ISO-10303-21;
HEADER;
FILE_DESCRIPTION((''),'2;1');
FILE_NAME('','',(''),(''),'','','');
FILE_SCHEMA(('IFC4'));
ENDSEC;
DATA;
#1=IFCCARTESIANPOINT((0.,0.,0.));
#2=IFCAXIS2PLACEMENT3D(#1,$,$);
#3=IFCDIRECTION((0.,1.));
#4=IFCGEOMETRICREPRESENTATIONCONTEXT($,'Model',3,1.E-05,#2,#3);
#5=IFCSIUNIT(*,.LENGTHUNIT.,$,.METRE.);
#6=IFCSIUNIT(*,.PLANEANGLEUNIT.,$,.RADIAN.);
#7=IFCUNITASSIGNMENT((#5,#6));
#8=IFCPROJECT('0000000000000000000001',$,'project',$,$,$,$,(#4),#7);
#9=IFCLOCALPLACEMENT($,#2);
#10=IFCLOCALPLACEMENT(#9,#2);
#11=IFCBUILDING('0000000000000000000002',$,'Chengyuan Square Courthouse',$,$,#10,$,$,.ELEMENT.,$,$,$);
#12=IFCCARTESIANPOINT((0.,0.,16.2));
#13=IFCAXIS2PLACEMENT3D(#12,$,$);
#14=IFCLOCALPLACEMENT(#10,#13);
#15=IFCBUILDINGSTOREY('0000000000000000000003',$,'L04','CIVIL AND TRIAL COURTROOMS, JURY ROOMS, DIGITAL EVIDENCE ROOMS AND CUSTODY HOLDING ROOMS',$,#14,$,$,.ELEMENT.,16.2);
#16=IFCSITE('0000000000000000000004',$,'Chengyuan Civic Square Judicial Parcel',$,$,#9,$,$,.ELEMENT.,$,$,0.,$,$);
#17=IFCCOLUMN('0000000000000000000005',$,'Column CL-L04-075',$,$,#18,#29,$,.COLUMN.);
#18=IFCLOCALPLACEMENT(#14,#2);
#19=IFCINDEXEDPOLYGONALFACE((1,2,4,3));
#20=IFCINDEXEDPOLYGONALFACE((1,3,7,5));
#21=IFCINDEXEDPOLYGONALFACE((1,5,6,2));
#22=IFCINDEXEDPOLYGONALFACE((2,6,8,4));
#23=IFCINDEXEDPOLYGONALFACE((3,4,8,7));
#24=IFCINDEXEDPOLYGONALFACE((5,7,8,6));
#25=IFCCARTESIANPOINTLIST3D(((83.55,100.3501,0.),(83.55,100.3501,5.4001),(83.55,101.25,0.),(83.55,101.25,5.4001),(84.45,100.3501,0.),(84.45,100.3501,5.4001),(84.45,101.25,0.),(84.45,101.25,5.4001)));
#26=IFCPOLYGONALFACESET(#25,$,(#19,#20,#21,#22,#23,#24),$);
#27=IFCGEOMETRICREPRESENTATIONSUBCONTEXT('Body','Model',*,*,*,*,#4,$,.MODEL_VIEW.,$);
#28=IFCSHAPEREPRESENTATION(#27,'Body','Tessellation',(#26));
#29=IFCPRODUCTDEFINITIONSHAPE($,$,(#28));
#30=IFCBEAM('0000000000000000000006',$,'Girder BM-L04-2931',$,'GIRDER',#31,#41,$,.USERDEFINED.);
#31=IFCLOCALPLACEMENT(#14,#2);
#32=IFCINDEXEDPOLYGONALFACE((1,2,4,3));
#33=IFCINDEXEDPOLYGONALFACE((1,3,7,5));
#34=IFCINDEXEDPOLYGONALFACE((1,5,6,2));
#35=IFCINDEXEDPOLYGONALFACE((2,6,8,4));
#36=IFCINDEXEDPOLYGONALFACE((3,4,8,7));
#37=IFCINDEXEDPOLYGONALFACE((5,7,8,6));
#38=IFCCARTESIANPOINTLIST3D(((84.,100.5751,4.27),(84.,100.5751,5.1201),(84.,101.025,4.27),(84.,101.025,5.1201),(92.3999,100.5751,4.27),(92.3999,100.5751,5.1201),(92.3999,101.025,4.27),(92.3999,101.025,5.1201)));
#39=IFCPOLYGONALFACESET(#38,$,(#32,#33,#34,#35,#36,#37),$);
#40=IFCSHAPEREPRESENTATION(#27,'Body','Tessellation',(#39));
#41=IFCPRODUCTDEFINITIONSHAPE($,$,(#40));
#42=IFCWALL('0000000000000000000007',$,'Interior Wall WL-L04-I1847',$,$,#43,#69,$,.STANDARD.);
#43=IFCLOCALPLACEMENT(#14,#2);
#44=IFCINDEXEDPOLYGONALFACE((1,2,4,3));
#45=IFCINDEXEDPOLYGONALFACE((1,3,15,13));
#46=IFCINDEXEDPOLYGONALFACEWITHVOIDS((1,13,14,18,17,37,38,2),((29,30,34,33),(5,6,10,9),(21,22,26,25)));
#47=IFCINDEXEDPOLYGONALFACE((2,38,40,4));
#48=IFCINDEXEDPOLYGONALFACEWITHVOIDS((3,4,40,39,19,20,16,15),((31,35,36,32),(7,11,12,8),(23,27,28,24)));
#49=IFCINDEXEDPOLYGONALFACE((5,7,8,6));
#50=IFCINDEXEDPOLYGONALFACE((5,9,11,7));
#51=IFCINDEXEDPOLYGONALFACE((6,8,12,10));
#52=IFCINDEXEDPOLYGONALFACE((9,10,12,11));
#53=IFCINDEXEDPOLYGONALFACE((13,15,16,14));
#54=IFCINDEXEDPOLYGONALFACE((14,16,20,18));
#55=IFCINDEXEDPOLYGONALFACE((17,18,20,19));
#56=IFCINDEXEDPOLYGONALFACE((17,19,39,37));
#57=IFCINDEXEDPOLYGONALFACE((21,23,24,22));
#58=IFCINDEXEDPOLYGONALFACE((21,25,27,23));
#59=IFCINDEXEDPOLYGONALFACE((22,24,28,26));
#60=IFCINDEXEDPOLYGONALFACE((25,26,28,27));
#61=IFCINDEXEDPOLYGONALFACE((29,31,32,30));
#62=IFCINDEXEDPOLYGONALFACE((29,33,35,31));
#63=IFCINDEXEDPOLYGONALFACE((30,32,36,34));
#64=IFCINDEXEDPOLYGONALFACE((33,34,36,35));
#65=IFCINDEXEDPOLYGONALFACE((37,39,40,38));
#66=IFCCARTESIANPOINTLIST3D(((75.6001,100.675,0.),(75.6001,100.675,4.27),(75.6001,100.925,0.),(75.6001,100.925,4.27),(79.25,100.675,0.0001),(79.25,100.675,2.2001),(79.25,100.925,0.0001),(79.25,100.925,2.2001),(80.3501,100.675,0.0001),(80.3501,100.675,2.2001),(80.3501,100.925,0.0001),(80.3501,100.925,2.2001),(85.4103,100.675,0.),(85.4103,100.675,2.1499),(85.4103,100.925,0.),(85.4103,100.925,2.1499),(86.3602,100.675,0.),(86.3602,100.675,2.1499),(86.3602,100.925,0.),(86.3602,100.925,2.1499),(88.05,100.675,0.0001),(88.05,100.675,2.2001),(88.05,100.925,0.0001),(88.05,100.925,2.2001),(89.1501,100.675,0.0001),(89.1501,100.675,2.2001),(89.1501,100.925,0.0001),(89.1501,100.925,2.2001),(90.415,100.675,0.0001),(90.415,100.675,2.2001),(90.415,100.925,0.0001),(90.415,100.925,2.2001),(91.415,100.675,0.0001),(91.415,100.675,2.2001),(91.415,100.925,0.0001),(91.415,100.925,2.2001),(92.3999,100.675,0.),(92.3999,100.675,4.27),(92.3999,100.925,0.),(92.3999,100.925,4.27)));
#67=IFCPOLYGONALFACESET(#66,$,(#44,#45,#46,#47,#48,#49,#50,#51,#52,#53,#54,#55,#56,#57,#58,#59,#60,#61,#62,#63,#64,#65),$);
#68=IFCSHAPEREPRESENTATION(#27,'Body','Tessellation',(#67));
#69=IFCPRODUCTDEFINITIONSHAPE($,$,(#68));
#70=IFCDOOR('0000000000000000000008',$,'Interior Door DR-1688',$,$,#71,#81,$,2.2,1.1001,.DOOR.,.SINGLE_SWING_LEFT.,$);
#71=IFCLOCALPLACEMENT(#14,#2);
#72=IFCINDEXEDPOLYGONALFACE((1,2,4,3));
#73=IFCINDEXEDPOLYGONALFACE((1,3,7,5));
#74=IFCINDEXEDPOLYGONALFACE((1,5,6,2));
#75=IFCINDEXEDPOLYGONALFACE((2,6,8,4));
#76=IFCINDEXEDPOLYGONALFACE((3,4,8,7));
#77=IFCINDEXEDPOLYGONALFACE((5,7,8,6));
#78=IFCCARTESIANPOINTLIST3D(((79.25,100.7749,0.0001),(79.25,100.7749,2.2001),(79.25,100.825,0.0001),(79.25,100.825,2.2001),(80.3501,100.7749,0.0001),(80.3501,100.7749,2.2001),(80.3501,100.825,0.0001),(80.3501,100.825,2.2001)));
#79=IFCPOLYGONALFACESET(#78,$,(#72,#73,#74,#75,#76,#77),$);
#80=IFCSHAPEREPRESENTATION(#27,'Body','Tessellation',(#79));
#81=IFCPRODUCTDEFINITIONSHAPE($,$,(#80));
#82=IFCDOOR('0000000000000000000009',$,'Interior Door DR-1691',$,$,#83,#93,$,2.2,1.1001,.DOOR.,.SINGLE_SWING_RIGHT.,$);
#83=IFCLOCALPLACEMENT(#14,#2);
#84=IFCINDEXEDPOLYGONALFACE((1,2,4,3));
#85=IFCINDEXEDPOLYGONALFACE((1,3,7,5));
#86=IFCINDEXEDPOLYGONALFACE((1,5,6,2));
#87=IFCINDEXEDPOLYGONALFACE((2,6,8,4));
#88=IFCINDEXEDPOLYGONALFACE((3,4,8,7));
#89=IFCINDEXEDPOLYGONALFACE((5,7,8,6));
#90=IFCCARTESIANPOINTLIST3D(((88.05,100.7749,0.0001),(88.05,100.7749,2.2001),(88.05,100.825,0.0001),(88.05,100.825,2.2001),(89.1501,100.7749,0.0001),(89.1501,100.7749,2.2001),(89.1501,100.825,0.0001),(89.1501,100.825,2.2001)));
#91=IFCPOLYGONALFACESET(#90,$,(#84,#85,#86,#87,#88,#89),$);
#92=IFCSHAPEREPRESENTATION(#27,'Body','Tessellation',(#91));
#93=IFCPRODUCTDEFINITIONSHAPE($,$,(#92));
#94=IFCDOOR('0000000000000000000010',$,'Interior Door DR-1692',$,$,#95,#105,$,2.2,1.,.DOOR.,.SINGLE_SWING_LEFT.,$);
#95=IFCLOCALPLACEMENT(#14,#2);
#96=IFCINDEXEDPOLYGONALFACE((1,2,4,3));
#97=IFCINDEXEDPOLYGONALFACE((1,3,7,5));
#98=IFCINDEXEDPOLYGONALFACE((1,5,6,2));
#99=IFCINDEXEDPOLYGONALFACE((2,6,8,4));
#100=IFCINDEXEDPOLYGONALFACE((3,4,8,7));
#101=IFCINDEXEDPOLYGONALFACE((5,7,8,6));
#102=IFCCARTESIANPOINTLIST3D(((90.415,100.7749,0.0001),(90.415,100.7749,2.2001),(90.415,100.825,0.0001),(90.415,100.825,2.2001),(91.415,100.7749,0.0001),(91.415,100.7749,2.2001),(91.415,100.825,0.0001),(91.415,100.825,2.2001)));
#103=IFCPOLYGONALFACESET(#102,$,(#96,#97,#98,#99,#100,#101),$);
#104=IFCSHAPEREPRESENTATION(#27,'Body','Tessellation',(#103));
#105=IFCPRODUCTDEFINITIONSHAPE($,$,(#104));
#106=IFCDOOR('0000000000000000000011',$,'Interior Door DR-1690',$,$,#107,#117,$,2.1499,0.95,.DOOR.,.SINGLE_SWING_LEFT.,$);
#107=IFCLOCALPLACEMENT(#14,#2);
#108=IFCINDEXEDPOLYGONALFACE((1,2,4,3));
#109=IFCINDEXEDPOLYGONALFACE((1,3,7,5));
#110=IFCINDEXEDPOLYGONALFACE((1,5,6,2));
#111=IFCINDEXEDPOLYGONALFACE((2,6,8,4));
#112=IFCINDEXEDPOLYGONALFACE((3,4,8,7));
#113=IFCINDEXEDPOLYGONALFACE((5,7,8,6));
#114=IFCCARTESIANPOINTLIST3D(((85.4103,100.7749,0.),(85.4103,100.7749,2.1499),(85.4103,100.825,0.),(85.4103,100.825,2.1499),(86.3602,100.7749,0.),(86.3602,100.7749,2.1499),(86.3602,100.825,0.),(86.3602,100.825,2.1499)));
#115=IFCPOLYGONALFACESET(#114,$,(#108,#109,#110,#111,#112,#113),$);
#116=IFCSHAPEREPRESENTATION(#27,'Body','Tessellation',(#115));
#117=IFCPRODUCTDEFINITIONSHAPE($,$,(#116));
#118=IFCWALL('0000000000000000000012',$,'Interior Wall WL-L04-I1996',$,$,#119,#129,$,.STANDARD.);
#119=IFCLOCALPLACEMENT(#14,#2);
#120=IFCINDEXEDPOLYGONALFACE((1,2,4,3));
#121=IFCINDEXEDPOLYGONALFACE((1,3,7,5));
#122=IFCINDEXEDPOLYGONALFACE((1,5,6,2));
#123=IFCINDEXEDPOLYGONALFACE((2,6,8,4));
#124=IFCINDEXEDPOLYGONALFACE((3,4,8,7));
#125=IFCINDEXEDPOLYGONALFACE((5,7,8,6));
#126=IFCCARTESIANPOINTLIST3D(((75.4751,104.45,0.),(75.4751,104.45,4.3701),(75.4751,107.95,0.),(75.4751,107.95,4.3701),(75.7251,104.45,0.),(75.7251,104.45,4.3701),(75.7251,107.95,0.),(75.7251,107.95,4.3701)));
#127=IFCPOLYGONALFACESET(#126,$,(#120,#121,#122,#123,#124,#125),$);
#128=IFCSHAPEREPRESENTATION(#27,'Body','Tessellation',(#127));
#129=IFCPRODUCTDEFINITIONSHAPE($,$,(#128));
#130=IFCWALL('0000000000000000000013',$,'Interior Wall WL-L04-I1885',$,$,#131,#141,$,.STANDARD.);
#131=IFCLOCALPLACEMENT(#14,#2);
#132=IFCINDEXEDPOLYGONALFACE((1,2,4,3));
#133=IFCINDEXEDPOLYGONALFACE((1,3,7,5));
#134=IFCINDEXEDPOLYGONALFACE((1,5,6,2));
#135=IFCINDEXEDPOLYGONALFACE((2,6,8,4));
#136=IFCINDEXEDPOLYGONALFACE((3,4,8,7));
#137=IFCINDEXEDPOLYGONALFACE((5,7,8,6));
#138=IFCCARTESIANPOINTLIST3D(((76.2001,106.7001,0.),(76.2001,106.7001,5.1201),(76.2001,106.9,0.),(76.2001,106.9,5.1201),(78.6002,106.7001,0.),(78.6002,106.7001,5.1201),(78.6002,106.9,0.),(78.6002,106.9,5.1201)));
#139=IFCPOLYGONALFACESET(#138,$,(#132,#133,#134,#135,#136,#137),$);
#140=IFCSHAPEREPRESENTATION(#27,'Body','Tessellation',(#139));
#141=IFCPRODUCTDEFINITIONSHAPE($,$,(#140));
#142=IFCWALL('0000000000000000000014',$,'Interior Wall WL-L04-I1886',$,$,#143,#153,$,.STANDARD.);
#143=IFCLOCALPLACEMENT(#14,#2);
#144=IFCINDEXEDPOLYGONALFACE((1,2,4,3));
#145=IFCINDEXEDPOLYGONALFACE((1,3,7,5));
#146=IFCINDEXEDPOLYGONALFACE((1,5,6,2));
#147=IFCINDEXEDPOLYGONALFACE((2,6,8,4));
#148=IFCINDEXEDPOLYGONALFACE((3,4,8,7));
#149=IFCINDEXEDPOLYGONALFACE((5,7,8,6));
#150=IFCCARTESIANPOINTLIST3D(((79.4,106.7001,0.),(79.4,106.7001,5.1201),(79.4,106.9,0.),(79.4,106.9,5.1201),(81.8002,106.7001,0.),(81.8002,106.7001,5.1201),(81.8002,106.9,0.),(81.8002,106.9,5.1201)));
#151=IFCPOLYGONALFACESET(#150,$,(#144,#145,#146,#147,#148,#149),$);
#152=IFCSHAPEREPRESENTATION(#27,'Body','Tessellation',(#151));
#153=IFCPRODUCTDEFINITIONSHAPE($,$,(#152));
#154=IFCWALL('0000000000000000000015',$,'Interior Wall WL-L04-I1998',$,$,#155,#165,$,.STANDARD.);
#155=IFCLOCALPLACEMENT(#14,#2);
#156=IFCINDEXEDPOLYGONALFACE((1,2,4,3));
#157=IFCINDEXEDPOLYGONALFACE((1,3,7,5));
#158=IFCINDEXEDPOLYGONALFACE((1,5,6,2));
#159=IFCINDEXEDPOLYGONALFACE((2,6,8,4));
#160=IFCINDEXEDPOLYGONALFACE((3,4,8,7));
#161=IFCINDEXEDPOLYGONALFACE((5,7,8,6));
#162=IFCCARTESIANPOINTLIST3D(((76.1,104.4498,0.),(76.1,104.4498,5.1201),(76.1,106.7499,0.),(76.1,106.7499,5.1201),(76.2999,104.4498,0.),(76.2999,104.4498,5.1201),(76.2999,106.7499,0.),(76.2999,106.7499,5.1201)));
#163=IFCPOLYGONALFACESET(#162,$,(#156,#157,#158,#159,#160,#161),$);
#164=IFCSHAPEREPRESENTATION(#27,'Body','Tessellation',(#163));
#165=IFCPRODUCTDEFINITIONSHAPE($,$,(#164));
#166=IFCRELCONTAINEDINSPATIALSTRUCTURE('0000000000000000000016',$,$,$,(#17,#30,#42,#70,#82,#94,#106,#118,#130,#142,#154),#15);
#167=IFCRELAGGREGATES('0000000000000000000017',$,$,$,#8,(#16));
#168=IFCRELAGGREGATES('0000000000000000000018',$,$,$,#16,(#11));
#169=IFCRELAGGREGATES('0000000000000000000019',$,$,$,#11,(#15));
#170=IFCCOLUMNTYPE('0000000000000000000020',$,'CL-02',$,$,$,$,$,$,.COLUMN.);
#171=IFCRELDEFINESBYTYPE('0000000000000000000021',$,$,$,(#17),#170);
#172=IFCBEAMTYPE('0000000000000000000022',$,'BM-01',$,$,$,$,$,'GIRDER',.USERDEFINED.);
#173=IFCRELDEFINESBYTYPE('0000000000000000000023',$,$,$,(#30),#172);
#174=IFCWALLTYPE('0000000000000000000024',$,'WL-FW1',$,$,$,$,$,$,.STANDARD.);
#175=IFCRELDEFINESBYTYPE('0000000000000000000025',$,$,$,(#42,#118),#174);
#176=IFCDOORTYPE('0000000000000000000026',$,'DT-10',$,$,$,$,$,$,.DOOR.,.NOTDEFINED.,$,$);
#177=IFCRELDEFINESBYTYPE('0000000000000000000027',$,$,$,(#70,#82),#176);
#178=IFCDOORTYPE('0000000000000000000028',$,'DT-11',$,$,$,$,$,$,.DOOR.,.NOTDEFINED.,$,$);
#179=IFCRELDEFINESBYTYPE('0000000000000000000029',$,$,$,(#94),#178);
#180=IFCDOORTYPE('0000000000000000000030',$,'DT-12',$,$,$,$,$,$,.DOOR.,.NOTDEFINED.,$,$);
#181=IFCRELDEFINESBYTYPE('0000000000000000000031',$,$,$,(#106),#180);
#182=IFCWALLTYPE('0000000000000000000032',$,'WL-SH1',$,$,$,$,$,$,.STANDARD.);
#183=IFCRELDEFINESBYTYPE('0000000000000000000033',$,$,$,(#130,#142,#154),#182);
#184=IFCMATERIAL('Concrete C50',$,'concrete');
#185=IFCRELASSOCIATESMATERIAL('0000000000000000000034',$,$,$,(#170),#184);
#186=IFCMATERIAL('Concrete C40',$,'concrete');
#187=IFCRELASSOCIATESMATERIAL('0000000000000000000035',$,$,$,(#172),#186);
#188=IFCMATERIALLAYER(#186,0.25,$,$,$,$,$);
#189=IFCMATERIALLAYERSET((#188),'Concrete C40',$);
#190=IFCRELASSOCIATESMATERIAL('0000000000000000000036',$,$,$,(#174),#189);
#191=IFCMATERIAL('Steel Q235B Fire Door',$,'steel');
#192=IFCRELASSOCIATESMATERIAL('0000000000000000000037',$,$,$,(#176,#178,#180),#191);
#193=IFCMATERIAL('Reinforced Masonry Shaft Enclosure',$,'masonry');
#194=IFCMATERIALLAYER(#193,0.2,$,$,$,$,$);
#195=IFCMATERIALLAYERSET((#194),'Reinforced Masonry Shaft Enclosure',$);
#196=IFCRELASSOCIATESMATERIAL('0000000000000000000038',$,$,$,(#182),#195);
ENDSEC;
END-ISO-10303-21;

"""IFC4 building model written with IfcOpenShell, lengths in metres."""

from ifc_helpers import new_model, si_unit, direction, frame, frame_2d, origin, origin_2d, place, context, subcontext, project, spatial, rectangle, extrude, material, layer, layer_set, material_profile, profile_set, type_object, element, fill, save


model = new_model("IFC4")

# Units and contexts
model_context = context("Model", 3, precision=1e-05, world=origin(), true_north=direction((0.0, 1.0)))
body_context = subcontext(model_context, "Body", "Model", "MODEL_VIEW")
ifc_project = project(units=[si_unit("LENGTHUNIT", "METRE"), si_unit("PLANEANGLEUNIT", "RADIAN")], contexts=[model_context])

# Site, building, storey
site_placement = place(None, origin())
site = spatial("IfcSite", under=ifc_project, at=site_placement, Name="Chengyuan Civic Square Judicial Parcel", CompositionType="ELEMENT", RefElevation=0.0)
building_placement = place(site_placement, origin())
building = spatial("IfcBuilding", under=site, at=building_placement, Name="Chengyuan Square Courthouse", CompositionType="ELEMENT")
storey_placement = place(building_placement, frame((0.0, 0.0, 16.2)))
storey = spatial("IfcBuildingStorey", under=building, at=storey_placement, Name="L04", Description="CIVIL AND TRIAL COURTROOMS, JURY ROOMS, DIGITAL EVIDENCE ROOMS AND CUSTODY HOLDING ROOMS", CompositionType="ELEMENT", Elevation=16.2)

# Column
ifc_material_1 = material(Name="Concrete C50", Category="concrete")
ifc_material_profile_1 = material_profile(ifc_material_1, rectangle(XDim=0.8999, YDim=0.8999, at=origin_2d()), Name="RC-COL-900x900")
ifc_profile_set_1 = profile_set([ifc_material_profile_1], Name="Concrete C50")
column_type = type_object("IfcColumnType", Name="CL-02", PredefinedType="COLUMN", material=ifc_profile_set_1)
column_placement = place(storey_placement, frame((84.0, 100.8, 0.0), z_axis=(0.0, 0.0, 1.0), x_axis=(1.0, 0.0, 0.0)))
element("IfcColumn", 1, at=column_placement, inside=storey, type_object=column_type, Name="Column CL-L04-075", PredefinedType="COLUMN", context=body_context, shape_type="SweptSolid", body=[
    extrude(rectangle(XDim=0.8999, YDim=0.8999, at=origin_2d()), origin(), (0.0, 0.0, 1.0), 5.4001),
])

# Beam
ifc_material_2 = material(Name="Concrete C40", Category="concrete")
ifc_material_profile_2 = material_profile(ifc_material_2, rectangle(XDim=0.45, YDim=0.8501, at=origin_2d()), Name="RC-BM-450x850")
ifc_profile_set_2 = profile_set([ifc_material_profile_2], Name="Concrete C40")
beam_type = type_object("IfcBeamType", Name="BM-01", ElementType="GIRDER", PredefinedType="USERDEFINED", material=ifc_profile_set_2)
beam_placement = place(storey_placement, frame((84.0, 100.8, 4.6951), z_axis=(1.0, 0.0, 0.0), x_axis=(0.0, 1.0, 0.0)))
element("IfcBeam", 2, at=beam_placement, inside=storey, type_object=beam_type, Name="Girder BM-L04-2931", ObjectType="GIRDER", PredefinedType="USERDEFINED", context=body_context, shape_type="SweptSolid", body=[
    extrude(rectangle(XDim=0.45, YDim=0.8501, at=origin_2d()), origin(), (0.0, 0.0, 1.0), 8.3999),
])

# Wall, openings, doors
ifc_layer_1 = layer(ifc_material_2, 0.25)
ifc_layer_set_1 = layer_set([ifc_layer_1], Name="Concrete C40")
wall_type_1 = type_object("IfcWallType", Name="WL-FW1", PredefinedType="STANDARD", material=ifc_layer_set_1)
wall_1_placement = place(storey_placement, frame((75.6001, 100.8, 0.0), z_axis=(0.0, 0.0, 1.0), x_axis=(1.0, 0.0, 0.0)))
wall_1 = element("IfcWall", 3, at=wall_1_placement, inside=storey, type_object=wall_type_1, Name="Interior Wall WL-L04-I1847", PredefinedType="STANDARD", context=body_context, shape_type="SweptSolid", body=[
    extrude(rectangle(XDim=16.7998, YDim=0.25, at=frame_2d((8.3999, 0.0))), origin(), (0.0, 0.0, 1.0), 4.27),
])
opening_1_placement = place(wall_1_placement, frame((3.6499, 0.0, 0.0)))
opening_1 = element("IfcOpeningElement", 4, at=opening_1_placement, cuts=wall_1, PredefinedType="OPENING", context=body_context, shape_type="SweptSolid", body=[
    extrude(rectangle(XDim=1.1001, YDim=2.2, at=frame_2d((0.55, 1.1001))), frame((0.0, 0.137, 0.0), z_axis=(0.0, -1.0, 0.0), x_axis=(1.0, 0.0, 0.0)), (0.0, 0.0, 1.0), 0.2739),
])
opening_2_placement = place(wall_1_placement, frame((9.8101, 0.0, 0.0)))
opening_2 = element("IfcOpeningElement", 5, at=opening_2_placement, cuts=wall_1, PredefinedType="OPENING", context=body_context, shape_type="SweptSolid", body=[
    extrude(rectangle(XDim=0.95, YDim=2.1499, at=frame_2d((0.4751, 1.075))), frame((0.0, 0.137, 0.0), z_axis=(0.0, -1.0, 0.0), x_axis=(1.0, 0.0, 0.0)), (0.0, 0.0, 1.0), 0.2739),
])
opening_3_placement = place(wall_1_placement, frame((12.45, 0.0, 0.0)))
opening_3 = element("IfcOpeningElement", 6, at=opening_3_placement, cuts=wall_1, PredefinedType="OPENING", context=body_context, shape_type="SweptSolid", body=[
    extrude(rectangle(XDim=1.1001, YDim=2.2, at=frame_2d((0.55, 1.1001))), frame((0.0, 0.137, 0.0), z_axis=(0.0, -1.0, 0.0), x_axis=(1.0, 0.0, 0.0)), (0.0, 0.0, 1.0), 0.2739),
])
opening_4_placement = place(wall_1_placement, frame((14.8149, 0.0, 0.0)))
opening_4 = element("IfcOpeningElement", 7, at=opening_4_placement, cuts=wall_1, PredefinedType="OPENING", context=body_context, shape_type="SweptSolid", body=[
    extrude(rectangle(XDim=1.0, YDim=2.2, at=frame_2d((0.5, 1.1001))), frame((0.0, 0.137, 0.0), z_axis=(0.0, -1.0, 0.0), x_axis=(1.0, 0.0, 0.0)), (0.0, 0.0, 1.0), 0.2739),
])
ifc_material_3 = material(Name="Steel Q235B Fire Door", Category="steel")
door_type_1 = type_object("IfcDoorType", Name="DT-10", OperationType="NOTDEFINED", PredefinedType="DOOR", material=ifc_material_3)
door_1_placement = place(opening_1_placement, origin())
door_1 = element("IfcDoor", 8, at=door_1_placement, inside=storey, type_object=door_type_1, Name="Interior Door DR-1688", OperationType="SINGLE_SWING_LEFT", OverallHeight=2.2, OverallWidth=1.1001, PredefinedType="DOOR", context=body_context, shape_type="SweptSolid", body=[
    extrude(rectangle(XDim=1.1001, YDim=2.2, at=frame_2d((0.55, 1.1001))), frame((0.0, 0.0249, 0.0), z_axis=(0.0, -1.0, 0.0), x_axis=(1.0, 0.0, 0.0)), (0.0, 0.0, 1.0), 0.05),
])
fill(opening_1, door_1)
door_2_placement = place(opening_3_placement, origin())
door_2 = element("IfcDoor", 9, at=door_2_placement, inside=storey, type_object=door_type_1, Name="Interior Door DR-1691", OperationType="SINGLE_SWING_RIGHT", OverallHeight=2.2, OverallWidth=1.1001, PredefinedType="DOOR", context=body_context, shape_type="SweptSolid", body=[
    extrude(rectangle(XDim=1.1001, YDim=2.2, at=frame_2d((0.55, 1.1001))), frame((0.0, 0.0249, 0.0), z_axis=(0.0, -1.0, 0.0), x_axis=(1.0, 0.0, 0.0)), (0.0, 0.0, 1.0), 0.05),
])
fill(opening_3, door_2)
door_type_2 = type_object("IfcDoorType", Name="DT-11", OperationType="NOTDEFINED", PredefinedType="DOOR", material=ifc_material_3)
door_3_placement = place(opening_4_placement, origin())
door_3 = element("IfcDoor", 10, at=door_3_placement, inside=storey, type_object=door_type_2, Name="Interior Door DR-1692", OperationType="SINGLE_SWING_LEFT", OverallHeight=2.2, OverallWidth=1.0, PredefinedType="DOOR", context=body_context, shape_type="SweptSolid", body=[
    extrude(rectangle(XDim=1.0, YDim=2.2, at=frame_2d((0.5, 1.1001))), frame((0.0, 0.0249, 0.0), z_axis=(0.0, -1.0, 0.0), x_axis=(1.0, 0.0, 0.0)), (0.0, 0.0, 1.0), 0.05),
])
fill(opening_4, door_3)
door_type_3 = type_object("IfcDoorType", Name="DT-12", OperationType="NOTDEFINED", PredefinedType="DOOR", material=ifc_material_3)
door_4_placement = place(opening_2_placement, origin())
door_4 = element("IfcDoor", 11, at=door_4_placement, inside=storey, type_object=door_type_3, Name="Interior Door DR-1690", OperationType="SINGLE_SWING_LEFT", OverallHeight=2.1499, OverallWidth=0.95, PredefinedType="DOOR", context=body_context, shape_type="SweptSolid", body=[
    extrude(rectangle(XDim=0.95, YDim=2.1499, at=frame_2d((0.4751, 1.075))), frame((0.0, 0.0249, 0.0), z_axis=(0.0, -1.0, 0.0), x_axis=(1.0, 0.0, 0.0)), (0.0, 0.0, 1.0), 0.05),
])
fill(opening_2, door_4)

# Wall
wall_2_placement = place(storey_placement, frame((75.6001, 104.45, 0.0), z_axis=(0.0, 0.0, 1.0), x_axis=(0.0, 1.0, 0.0)))
element("IfcWall", 12, at=wall_2_placement, inside=storey, type_object=wall_type_1, Name="Interior Wall WL-L04-I1996", PredefinedType="STANDARD", context=body_context, shape_type="SweptSolid", body=[
    extrude(rectangle(XDim=3.5, YDim=0.25, at=frame_2d((1.75, 0.0))), origin(), (0.0, 0.0, 1.0), 4.3701),
])

# Shared definitions
ifc_material_4 = material(Name="Reinforced Masonry Shaft Enclosure", Category="masonry")
ifc_layer_2 = layer(ifc_material_4, 0.2)
ifc_layer_set_2 = layer_set([ifc_layer_2], Name="Reinforced Masonry Shaft Enclosure")
wall_type_2 = type_object("IfcWallType", Name="WL-SH1", PredefinedType="STANDARD", material=ifc_layer_set_2)

# Walls
for number, where, z_axis, x_axis, name in (
    (13, (76.2, 106.8, 0.0), (0.0, 0.0, 1.0), (1.0, 0.0, 0.0), "Interior Wall WL-L04-I1885"),
    (14, (79.3999, 106.8, 0.0), (0.0, 0.0, 1.0), (1.0, 0.0, 0.0), "Interior Wall WL-L04-I1886"),
):
    element("IfcWall", number, at=place(storey_placement, frame(where, z_axis=z_axis, x_axis=x_axis)), inside=storey, type_object=wall_type_2, Name=name, PredefinedType="STANDARD", context=body_context, shape_type="SweptSolid", body=[
        extrude(rectangle(XDim=2.4001, YDim=0.2, at=frame_2d((1.2002, 0.0))), origin(), (0.0, 0.0, 1.0), 5.1201),
    ])
for number, where, z_axis, x_axis, name in (
    (15, (76.2, 104.45, 0.0), (0.0, 0.0, 1.0), (0.0, 1.0, 0.0), "Interior Wall WL-L04-I1998"),
):
    element("IfcWall", number, at=place(storey_placement, frame(where, z_axis=z_axis, x_axis=x_axis)), inside=storey, type_object=wall_type_2, Name=name, PredefinedType="STANDARD", context=body_context, shape_type="SweptSolid", body=[
        extrude(rectangle(XDim=2.3, YDim=0.2, at=frame_2d((1.1499, 0.0))), origin(), (0.0, 0.0, 1.0), 5.1201),
    ])

save(model, "model.ifc")
